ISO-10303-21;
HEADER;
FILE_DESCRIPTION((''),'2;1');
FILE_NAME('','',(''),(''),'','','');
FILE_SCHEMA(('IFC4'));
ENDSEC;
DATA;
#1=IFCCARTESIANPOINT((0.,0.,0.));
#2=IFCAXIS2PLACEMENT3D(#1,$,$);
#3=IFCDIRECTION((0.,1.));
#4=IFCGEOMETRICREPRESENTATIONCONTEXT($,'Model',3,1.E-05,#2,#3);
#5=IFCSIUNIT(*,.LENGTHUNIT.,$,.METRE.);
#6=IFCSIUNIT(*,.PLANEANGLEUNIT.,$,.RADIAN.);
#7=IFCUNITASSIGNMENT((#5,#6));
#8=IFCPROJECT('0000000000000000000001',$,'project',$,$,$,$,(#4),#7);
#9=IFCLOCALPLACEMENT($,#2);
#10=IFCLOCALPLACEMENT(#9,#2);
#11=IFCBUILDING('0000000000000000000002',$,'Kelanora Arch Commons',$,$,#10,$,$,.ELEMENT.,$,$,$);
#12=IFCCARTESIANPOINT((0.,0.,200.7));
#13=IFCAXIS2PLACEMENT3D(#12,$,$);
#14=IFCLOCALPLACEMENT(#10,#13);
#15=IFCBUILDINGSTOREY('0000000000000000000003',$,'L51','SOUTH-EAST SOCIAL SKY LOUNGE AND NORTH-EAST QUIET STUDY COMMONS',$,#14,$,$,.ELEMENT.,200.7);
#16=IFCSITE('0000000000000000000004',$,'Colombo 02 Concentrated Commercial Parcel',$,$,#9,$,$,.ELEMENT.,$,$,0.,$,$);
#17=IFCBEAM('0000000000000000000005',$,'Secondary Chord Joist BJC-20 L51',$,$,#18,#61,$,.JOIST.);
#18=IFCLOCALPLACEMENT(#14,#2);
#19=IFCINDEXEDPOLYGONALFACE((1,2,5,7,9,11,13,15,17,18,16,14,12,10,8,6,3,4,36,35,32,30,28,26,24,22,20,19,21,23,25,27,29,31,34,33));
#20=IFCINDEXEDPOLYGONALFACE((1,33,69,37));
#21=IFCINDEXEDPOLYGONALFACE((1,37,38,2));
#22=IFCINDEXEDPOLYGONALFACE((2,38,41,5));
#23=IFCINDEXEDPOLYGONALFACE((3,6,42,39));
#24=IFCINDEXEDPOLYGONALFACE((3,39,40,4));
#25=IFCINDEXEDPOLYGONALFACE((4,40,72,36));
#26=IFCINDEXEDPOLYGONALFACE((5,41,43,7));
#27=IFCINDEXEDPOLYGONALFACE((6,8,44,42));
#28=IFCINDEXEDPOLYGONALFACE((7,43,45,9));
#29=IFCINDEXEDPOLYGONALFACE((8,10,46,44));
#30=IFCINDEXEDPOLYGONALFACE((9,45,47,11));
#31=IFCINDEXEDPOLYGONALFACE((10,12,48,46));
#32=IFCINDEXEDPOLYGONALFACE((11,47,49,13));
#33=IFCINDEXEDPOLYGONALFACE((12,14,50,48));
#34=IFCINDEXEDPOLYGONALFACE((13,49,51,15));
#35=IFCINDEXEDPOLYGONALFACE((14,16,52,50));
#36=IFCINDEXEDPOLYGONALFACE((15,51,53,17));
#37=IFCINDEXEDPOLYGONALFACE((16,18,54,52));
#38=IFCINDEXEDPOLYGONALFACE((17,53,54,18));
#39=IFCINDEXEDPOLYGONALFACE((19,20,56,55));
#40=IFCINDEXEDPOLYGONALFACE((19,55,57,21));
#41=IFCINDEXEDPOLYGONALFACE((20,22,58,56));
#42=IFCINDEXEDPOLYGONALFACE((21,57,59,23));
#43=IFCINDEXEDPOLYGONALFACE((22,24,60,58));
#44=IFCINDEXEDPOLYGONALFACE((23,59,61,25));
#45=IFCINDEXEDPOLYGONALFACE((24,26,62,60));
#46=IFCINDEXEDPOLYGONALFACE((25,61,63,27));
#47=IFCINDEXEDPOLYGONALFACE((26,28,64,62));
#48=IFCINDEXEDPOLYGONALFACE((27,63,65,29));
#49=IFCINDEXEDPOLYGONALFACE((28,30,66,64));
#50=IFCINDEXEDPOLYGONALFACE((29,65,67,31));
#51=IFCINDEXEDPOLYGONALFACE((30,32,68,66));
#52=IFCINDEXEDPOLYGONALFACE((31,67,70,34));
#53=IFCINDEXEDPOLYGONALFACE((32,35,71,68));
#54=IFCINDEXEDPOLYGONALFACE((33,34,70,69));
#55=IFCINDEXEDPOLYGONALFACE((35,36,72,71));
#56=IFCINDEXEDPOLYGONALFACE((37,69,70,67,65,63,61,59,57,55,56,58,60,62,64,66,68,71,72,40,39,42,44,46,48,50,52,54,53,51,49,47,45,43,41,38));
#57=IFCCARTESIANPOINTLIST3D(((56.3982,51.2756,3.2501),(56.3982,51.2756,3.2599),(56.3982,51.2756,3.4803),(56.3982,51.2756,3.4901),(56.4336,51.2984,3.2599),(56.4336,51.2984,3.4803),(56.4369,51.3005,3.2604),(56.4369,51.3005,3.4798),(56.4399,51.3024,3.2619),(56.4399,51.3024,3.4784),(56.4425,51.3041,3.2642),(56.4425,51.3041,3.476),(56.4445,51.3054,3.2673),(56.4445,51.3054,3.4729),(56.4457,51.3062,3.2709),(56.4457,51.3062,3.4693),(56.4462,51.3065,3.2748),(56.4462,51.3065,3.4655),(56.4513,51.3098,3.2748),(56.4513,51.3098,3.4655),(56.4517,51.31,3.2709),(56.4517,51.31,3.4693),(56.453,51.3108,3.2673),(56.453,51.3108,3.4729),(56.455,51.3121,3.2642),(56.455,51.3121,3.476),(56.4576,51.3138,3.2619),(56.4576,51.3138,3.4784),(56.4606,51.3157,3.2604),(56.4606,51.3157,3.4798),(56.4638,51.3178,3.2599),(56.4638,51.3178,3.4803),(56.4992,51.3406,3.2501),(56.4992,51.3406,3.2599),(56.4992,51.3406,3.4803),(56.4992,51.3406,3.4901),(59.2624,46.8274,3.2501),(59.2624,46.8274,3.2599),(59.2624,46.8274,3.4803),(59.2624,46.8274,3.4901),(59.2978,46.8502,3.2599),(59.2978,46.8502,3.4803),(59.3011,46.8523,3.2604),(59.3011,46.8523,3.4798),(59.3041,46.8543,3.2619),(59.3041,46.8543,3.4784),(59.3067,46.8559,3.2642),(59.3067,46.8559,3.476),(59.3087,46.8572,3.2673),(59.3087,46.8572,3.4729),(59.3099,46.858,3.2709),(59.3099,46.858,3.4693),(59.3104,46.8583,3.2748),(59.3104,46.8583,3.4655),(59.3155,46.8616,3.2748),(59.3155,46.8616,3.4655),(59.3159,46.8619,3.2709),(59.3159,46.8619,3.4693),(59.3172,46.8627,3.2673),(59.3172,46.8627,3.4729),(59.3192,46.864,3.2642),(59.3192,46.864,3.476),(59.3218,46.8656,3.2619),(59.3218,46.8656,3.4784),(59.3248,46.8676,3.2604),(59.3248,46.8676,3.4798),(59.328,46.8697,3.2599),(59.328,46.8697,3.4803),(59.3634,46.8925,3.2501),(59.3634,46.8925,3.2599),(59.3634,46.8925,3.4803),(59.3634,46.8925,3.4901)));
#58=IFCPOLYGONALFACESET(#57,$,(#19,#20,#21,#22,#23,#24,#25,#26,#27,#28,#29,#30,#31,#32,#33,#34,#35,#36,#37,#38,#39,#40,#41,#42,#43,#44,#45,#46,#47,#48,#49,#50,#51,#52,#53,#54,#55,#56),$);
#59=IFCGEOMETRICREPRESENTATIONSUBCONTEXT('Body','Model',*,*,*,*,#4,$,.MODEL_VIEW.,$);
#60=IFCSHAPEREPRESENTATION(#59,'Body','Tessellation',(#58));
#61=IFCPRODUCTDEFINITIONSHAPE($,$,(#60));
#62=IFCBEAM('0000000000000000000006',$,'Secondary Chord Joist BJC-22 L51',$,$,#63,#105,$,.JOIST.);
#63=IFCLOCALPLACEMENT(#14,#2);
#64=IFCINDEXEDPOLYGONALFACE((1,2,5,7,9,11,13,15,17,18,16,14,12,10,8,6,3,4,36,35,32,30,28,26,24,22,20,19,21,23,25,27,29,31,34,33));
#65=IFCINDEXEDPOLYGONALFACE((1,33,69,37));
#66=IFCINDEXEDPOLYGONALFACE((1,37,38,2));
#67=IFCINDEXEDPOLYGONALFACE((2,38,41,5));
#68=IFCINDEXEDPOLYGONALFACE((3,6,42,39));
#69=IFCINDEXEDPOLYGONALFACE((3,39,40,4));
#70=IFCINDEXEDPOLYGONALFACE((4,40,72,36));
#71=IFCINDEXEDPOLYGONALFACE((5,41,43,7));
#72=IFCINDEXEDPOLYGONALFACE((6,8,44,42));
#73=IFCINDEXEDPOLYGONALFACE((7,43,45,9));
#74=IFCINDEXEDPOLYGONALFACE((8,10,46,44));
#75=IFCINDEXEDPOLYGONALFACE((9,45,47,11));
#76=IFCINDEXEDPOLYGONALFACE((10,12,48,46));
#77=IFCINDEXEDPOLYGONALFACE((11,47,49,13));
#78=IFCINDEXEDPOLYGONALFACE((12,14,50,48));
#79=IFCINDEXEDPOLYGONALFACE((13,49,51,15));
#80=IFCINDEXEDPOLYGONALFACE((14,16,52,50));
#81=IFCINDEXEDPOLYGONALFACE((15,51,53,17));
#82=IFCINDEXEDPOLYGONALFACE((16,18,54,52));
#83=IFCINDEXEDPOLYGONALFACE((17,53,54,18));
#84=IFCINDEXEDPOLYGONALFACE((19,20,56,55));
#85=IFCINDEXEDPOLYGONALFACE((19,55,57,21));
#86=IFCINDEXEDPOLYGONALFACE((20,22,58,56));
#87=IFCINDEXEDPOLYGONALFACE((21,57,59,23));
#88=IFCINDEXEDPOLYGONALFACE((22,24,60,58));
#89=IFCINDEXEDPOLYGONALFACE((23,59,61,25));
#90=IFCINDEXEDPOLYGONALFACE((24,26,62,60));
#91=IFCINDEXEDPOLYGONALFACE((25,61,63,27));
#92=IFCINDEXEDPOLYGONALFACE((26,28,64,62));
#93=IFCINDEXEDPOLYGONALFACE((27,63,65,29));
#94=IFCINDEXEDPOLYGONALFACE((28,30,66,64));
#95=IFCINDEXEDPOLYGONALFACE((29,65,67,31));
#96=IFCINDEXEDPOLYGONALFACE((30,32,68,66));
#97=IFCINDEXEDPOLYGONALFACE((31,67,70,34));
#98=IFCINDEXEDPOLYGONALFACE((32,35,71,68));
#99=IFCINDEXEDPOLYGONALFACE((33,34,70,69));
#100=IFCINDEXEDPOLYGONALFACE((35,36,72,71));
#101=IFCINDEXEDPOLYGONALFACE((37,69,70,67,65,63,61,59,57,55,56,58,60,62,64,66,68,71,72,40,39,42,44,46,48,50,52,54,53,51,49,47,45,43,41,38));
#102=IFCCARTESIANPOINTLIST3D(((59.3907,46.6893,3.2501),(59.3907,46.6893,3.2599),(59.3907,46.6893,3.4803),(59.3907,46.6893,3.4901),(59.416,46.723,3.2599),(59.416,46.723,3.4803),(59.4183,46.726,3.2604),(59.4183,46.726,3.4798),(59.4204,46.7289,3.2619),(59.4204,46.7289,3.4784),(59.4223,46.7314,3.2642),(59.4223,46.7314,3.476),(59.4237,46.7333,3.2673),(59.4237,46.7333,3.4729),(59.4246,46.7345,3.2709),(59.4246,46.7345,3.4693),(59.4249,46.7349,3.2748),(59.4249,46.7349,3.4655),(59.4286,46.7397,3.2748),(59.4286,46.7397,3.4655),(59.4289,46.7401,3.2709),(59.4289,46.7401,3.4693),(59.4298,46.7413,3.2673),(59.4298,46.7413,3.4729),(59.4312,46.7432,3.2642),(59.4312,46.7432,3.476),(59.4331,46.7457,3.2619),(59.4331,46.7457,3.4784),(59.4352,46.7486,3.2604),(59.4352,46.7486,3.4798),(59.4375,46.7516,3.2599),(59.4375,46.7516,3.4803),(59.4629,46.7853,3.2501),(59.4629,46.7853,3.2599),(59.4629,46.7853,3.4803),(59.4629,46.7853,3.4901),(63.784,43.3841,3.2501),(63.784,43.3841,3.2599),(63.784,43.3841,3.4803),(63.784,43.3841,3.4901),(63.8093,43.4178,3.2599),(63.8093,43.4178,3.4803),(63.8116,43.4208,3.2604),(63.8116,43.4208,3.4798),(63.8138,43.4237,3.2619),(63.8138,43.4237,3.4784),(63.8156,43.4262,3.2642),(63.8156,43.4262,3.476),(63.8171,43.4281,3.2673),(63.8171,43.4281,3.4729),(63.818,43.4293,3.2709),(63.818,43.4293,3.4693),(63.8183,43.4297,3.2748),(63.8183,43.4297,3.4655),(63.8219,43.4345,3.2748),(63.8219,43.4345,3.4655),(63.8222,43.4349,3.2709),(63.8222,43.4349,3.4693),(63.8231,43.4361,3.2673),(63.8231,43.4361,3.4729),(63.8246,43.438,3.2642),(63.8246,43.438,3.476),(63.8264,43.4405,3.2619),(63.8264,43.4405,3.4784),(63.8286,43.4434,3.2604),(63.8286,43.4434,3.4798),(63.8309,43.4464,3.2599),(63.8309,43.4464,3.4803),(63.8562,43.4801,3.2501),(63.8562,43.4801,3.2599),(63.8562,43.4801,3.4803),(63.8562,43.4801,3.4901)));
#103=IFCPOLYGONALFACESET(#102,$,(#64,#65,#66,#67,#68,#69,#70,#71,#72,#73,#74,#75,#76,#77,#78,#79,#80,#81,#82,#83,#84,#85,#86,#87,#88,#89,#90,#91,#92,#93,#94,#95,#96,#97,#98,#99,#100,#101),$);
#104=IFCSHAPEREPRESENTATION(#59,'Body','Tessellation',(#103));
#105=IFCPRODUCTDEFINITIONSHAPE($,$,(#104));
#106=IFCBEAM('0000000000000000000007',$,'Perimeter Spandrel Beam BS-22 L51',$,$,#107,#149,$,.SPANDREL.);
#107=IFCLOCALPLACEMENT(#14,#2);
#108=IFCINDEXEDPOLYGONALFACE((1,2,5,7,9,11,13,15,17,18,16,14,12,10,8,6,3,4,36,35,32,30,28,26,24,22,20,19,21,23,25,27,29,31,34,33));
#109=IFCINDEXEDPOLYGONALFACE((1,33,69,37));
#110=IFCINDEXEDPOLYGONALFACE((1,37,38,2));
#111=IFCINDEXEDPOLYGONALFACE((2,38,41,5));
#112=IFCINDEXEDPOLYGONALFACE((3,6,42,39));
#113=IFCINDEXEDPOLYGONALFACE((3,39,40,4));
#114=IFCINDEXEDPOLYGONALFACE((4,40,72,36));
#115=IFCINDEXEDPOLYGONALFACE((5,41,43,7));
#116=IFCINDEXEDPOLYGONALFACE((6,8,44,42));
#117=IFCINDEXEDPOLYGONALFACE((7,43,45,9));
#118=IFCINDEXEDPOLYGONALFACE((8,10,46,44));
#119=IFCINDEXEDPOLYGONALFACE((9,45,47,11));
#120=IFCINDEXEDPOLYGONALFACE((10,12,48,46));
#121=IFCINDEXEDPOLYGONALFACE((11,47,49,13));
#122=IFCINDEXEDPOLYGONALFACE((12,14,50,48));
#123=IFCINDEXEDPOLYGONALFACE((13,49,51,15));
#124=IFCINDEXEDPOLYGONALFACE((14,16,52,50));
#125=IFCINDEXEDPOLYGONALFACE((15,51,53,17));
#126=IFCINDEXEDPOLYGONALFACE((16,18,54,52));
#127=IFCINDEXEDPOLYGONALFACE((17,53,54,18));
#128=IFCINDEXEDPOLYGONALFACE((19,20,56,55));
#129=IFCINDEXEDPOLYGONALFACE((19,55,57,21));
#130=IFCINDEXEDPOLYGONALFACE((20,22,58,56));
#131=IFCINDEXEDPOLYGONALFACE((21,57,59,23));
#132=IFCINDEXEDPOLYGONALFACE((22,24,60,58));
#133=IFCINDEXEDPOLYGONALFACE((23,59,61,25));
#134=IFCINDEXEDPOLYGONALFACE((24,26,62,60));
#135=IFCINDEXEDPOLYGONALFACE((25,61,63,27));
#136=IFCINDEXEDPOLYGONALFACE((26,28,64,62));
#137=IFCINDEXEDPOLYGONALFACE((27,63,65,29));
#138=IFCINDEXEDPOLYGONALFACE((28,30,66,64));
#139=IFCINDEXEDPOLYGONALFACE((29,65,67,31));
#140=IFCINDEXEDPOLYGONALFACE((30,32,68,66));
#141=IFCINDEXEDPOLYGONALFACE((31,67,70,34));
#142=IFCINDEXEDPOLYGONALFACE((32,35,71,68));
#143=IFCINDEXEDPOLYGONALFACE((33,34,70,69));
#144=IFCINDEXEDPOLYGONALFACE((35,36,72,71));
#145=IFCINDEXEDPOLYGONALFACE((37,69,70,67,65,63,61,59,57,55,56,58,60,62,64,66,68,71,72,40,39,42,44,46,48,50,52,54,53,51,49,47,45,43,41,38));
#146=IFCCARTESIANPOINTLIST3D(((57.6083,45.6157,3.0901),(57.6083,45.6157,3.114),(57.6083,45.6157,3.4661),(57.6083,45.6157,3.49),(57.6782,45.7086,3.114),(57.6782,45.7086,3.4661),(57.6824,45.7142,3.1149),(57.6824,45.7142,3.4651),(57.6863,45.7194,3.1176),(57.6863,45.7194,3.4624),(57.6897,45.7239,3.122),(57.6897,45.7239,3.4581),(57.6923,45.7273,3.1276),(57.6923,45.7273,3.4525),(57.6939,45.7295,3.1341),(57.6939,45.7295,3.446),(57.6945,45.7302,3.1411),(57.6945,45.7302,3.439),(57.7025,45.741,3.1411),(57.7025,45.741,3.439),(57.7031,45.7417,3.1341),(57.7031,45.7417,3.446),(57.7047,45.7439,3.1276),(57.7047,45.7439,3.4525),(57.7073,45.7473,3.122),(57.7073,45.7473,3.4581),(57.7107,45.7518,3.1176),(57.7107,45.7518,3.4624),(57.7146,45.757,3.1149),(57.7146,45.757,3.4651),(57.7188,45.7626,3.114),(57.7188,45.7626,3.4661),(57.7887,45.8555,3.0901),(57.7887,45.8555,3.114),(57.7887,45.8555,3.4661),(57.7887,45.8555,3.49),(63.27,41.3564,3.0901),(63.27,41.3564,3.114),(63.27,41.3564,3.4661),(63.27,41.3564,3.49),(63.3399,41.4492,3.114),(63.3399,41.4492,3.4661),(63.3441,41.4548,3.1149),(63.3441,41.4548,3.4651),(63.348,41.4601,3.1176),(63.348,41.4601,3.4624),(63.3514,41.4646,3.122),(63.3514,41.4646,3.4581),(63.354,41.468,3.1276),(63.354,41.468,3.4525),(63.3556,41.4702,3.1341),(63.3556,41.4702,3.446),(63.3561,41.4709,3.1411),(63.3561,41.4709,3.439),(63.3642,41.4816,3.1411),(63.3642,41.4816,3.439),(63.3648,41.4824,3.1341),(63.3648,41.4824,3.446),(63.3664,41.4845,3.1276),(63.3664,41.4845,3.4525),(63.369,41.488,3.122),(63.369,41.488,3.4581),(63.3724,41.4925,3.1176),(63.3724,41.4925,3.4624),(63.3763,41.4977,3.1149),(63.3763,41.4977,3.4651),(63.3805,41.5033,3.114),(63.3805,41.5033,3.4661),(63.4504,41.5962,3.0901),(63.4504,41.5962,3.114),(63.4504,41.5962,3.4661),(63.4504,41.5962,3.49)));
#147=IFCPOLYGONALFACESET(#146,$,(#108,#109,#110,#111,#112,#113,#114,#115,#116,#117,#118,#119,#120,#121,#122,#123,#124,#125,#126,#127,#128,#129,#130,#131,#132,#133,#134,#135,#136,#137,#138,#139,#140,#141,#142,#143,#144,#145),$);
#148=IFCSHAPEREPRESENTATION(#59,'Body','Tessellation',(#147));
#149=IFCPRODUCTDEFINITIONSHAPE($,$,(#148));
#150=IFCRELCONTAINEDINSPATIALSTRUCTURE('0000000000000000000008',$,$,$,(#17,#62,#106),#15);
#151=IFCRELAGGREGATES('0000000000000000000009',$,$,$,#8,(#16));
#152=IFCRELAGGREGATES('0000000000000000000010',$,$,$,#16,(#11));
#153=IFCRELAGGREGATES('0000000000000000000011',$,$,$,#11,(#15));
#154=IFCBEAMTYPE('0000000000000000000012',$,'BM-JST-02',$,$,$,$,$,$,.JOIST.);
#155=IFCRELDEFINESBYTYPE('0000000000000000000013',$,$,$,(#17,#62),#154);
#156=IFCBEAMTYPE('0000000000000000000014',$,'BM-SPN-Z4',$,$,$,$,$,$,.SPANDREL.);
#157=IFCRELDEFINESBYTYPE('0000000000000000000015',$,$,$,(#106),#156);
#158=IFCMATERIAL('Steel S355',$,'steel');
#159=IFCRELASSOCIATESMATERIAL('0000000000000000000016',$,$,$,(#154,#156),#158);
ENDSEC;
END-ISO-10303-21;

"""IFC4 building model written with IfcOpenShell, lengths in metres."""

from ifc_helpers import new_model, si_unit, direction, frame, origin, origin_2d, place, context, subcontext, project, spatial, i_section, extrude, material, material_profile, profile_set, type_object, element, save


model = new_model("IFC4")

# Units and contexts
model_context = context("Model", 3, precision=1e-05, world=origin(), true_north=direction((0.0, 1.0)))
body_context = subcontext(model_context, "Body", "Model", "MODEL_VIEW")
ifc_project = project(units=[si_unit("LENGTHUNIT", "METRE"), si_unit("PLANEANGLEUNIT", "RADIAN")], contexts=[model_context])

# Site, building, storey
site_placement = place(None, origin())
site = spatial("IfcSite", under=ifc_project, at=site_placement, Name="Colombo 02 Concentrated Commercial Parcel", CompositionType="ELEMENT", RefElevation=0.0)
building_placement = place(site_placement, origin())
building = spatial("IfcBuilding", under=site, at=building_placement, Name="Kelanora Arch Commons", CompositionType="ELEMENT")
storey_placement = place(building_placement, frame((0.0, 0.0, 200.7)))
storey = spatial("IfcBuildingStorey", under=building, at=storey_placement, Name="L51", Description="SOUTH-EAST SOCIAL SKY LOUNGE AND NORTH-EAST QUIET STUDY COMMONS", CompositionType="ELEMENT", Elevation=200.7)

# Beams
ifc_material_1 = material(Name="Steel S355", Category="steel")
ifc_material_profile_1 = material_profile(ifc_material_1, i_section(OverallWidth=0.1201, OverallDepth=0.24, WebThickness=0.0061, FlangeThickness=0.0098, FilletRadius=0.0149, at=origin_2d()), Name="IPE240")
ifc_profile_set_1 = profile_set([ifc_material_profile_1], Name="Steel S355")
beam_type_1 = type_object("IfcBeamType", Name="BM-JST-02", PredefinedType="JOIST", material=ifc_profile_set_1)
beam_1_placement = place(storey_placement, frame((56.4487, 51.3081, 3.3701), z_axis=(0.541382, -0.840776, 0.0), x_axis=(0.840776, 0.541382, 0.0)))
element("IfcBeam", 1, at=beam_1_placement, inside=storey, type_object=beam_type_1, Name="Secondary Chord Joist BJC-20 L51", PredefinedType="JOIST", context=body_context, shape_type="SweptSolid", body=[
    extrude(i_section(OverallWidth=0.1201, OverallDepth=0.24, WebThickness=0.0061, FlangeThickness=0.0098, FilletRadius=0.0149, at=origin_2d()), origin(), (0.0, 0.0, 1.0), 5.2905),
])
beam_2_placement = place(storey_placement, frame((59.4268, 46.7373, 3.3701), z_axis=(0.799109, -0.601186, 0.0), x_axis=(0.601186, 0.799109, 0.0)))
element("IfcBeam", 2, at=beam_2_placement, inside=storey, type_object=beam_type_1, Name="Secondary Chord Joist BJC-22 L51", PredefinedType="JOIST", context=body_context, shape_type="SweptSolid", body=[
    extrude(i_section(OverallWidth=0.1201, OverallDepth=0.24, WebThickness=0.0061, FlangeThickness=0.0098, FilletRadius=0.0149, at=origin_2d()), origin(), (0.0, 0.0, 1.0), 5.4978),
])
ifc_material_profile_2 = material_profile(ifc_material_1, i_section(OverallWidth=0.3, OverallDepth=0.3999, WebThickness=0.0134, FlangeThickness=0.0239, FilletRadius=0.0271, at=origin_2d()), Name="HEB400")
ifc_profile_set_2 = profile_set([ifc_material_profile_2], Name="Steel S355")
beam_type_2 = type_object("IfcBeamType", Name="BM-SPN-Z4", PredefinedType="SPANDREL", material=ifc_profile_set_2)
beam_3_placement = place(storey_placement, frame((57.6985, 45.7356, 3.29), z_axis=(0.799114, -0.601179, 0.0), x_axis=(0.601179, 0.799114, 0.0)))
element("IfcBeam", 3, at=beam_3_placement, inside=storey, type_object=beam_type_2, Name="Perimeter Spandrel Beam BS-22 L51", PredefinedType="SPANDREL", context=body_context, shape_type="SweptSolid", body=[
    extrude(i_section(OverallWidth=0.3, OverallDepth=0.3999, WebThickness=0.0134, FlangeThickness=0.0239, FilletRadius=0.0271, at=origin_2d()), origin(), (0.0, 0.0, 1.0), 7.085),
])

save(model, "model.ifc")
